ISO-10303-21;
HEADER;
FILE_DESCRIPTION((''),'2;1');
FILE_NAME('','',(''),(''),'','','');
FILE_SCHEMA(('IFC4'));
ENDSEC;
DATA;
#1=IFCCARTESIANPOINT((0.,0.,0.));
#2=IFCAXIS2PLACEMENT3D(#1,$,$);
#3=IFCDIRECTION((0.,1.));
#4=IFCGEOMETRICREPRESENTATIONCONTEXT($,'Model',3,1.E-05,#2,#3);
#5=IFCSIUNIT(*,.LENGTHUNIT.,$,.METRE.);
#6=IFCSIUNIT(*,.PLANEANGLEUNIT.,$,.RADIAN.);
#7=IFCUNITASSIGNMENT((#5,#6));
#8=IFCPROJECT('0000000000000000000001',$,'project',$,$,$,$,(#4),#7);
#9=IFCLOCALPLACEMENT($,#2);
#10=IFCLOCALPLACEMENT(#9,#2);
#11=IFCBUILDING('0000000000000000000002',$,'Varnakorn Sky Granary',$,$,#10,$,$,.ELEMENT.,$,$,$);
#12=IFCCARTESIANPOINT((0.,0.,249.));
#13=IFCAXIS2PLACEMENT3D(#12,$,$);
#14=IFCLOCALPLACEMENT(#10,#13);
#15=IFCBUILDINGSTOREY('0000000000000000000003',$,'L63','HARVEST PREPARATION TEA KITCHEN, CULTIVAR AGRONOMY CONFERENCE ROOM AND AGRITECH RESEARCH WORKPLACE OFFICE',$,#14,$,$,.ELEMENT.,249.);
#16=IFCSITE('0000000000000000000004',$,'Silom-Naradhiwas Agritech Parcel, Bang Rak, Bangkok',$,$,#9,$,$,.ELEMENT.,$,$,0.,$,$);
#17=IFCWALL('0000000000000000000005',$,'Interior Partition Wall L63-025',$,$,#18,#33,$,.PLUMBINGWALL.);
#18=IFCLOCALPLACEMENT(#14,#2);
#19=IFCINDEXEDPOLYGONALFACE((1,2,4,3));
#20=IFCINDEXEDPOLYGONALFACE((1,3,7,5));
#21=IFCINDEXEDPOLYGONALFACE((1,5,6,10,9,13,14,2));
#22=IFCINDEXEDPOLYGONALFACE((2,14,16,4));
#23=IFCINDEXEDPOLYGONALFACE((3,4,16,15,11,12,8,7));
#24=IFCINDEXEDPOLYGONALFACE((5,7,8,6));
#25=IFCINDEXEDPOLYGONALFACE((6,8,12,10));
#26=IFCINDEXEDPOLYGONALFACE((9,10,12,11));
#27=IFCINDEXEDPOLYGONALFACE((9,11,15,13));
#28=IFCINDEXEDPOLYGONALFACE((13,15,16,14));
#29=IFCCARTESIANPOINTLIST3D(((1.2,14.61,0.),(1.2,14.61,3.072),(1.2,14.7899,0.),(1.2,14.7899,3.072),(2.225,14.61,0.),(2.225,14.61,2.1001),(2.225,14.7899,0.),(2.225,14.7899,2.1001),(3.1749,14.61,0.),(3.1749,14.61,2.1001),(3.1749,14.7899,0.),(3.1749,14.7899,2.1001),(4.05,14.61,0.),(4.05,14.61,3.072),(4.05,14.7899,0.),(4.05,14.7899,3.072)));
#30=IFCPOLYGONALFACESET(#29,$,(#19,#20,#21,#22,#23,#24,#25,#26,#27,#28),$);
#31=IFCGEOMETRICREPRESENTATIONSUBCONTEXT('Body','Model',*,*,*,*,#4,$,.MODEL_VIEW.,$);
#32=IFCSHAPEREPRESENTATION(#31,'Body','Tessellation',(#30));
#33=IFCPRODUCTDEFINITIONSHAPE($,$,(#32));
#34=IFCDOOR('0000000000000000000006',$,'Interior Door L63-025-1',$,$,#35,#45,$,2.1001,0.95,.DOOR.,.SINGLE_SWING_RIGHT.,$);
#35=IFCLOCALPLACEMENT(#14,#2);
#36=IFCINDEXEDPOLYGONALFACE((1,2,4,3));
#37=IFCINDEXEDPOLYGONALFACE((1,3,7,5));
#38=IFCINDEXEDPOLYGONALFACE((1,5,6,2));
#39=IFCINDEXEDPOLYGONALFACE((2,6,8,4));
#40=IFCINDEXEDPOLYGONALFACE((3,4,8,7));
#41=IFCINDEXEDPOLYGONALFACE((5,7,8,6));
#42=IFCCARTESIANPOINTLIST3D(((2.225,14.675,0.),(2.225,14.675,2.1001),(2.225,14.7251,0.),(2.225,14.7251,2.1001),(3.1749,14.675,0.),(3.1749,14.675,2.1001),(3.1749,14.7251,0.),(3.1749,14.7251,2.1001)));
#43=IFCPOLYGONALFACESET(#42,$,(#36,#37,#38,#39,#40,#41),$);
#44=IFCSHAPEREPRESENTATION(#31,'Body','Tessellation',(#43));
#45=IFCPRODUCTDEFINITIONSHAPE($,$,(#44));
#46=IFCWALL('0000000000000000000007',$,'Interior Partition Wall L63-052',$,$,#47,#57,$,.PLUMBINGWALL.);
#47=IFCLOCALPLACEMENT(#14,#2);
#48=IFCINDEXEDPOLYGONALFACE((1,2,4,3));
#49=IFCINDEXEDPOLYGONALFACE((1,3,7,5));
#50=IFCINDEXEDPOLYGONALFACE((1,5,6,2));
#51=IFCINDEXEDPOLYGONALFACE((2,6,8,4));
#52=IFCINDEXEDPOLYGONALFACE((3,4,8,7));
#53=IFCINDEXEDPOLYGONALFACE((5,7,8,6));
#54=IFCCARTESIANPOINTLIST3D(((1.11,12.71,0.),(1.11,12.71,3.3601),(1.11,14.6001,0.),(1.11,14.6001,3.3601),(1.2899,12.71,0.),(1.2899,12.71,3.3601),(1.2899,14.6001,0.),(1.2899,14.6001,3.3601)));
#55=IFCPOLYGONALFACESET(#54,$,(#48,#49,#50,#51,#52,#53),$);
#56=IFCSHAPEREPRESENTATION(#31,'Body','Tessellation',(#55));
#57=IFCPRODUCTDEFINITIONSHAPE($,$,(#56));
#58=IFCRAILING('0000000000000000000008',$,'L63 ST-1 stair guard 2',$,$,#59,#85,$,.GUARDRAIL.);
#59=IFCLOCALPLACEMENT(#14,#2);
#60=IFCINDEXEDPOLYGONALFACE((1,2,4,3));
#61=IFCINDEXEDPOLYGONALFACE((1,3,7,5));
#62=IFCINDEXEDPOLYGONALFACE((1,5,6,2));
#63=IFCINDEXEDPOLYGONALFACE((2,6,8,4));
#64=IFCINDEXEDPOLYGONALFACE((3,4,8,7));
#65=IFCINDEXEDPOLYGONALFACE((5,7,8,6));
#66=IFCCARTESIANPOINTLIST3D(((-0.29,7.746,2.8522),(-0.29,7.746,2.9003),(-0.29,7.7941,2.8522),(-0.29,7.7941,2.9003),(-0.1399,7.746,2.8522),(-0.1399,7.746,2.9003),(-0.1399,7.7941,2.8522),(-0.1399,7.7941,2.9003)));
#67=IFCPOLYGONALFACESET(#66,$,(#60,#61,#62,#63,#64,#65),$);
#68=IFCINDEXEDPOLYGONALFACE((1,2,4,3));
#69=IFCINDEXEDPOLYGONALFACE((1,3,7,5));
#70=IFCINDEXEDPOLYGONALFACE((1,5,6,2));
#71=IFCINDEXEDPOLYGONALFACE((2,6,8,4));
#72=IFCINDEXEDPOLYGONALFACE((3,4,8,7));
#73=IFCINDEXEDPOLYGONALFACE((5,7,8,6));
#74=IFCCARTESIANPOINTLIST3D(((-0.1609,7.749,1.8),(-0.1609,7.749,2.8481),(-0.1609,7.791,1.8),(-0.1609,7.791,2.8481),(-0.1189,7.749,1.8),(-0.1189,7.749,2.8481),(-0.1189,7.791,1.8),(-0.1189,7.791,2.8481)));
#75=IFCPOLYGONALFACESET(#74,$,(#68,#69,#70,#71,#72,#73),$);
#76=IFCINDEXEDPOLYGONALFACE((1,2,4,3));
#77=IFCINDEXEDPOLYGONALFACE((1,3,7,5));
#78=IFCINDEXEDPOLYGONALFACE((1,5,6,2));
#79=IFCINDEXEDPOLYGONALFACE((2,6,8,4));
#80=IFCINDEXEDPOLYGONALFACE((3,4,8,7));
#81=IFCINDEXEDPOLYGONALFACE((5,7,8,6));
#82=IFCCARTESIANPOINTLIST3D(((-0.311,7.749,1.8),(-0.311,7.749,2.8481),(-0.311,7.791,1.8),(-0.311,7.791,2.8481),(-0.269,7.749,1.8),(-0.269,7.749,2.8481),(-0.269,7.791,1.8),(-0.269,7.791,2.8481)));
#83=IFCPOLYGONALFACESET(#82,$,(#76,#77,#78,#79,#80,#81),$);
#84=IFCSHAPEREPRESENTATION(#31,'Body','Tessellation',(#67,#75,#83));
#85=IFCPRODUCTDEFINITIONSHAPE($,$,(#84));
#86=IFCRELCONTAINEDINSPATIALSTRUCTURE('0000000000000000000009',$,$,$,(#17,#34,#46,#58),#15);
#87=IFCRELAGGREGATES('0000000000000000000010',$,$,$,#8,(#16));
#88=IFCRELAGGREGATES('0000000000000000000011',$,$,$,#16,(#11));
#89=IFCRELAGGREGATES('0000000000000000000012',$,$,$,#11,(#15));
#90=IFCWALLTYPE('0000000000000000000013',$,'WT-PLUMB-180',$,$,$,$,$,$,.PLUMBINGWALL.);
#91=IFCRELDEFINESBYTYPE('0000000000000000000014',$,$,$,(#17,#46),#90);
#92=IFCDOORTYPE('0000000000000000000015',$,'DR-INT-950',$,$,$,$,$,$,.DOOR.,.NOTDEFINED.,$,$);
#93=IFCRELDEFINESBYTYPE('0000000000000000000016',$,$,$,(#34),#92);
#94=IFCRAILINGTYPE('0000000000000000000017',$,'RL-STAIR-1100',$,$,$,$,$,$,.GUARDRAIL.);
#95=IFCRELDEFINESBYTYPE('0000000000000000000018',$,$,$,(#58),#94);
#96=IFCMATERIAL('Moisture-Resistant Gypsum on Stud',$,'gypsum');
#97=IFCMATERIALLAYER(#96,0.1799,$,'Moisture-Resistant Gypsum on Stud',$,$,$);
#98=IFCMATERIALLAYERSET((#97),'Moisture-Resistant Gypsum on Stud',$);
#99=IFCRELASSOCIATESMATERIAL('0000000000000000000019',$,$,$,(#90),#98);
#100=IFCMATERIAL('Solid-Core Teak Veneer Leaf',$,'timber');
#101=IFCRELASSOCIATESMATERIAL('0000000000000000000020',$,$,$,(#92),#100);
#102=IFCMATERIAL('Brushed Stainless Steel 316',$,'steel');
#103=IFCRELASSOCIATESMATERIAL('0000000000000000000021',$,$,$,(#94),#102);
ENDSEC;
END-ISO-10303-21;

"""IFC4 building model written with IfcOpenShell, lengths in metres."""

from ifc_helpers import new_model, si_unit, direction, frame, frame_2d, origin, origin_2d, place, context, subcontext, project, spatial, rectangle, extrude, material, layer, layer_set, type_object, element, fill, save


model = new_model("IFC4")

# Units and contexts
model_context = context("Model", 3, precision=1e-05, world=origin(), true_north=direction((0.0, 1.0)))
body_context = subcontext(model_context, "Body", "Model", "MODEL_VIEW")
ifc_project = project(units=[si_unit("LENGTHUNIT", "METRE"), si_unit("PLANEANGLEUNIT", "RADIAN")], contexts=[model_context])

# Site, building, storey
site_placement = place(None, origin())
site = spatial("IfcSite", under=ifc_project, at=site_placement, Name="Silom-Naradhiwas Agritech Parcel, Bang Rak, Bangkok", CompositionType="ELEMENT", RefElevation=0.0)
building_placement = place(site_placement, origin())
building = spatial("IfcBuilding", under=site, at=building_placement, Name="Varnakorn Sky Granary", CompositionType="ELEMENT")
storey_placement = place(building_placement, frame((0.0, 0.0, 249.0)))
storey = spatial("IfcBuildingStorey", under=building, at=storey_placement, Name="L63", Description="HARVEST PREPARATION TEA KITCHEN, CULTIVAR AGRONOMY CONFERENCE ROOM AND AGRITECH RESEARCH WORKPLACE OFFICE", CompositionType="ELEMENT", Elevation=249.0)

# Wall, opening, door
ifc_material_1 = material(Name="Moisture-Resistant Gypsum on Stud", Category="gypsum")
ifc_layer_1 = layer(ifc_material_1, 0.1799, Name="Moisture-Resistant Gypsum on Stud")
ifc_layer_set_1 = layer_set([ifc_layer_1], Name="Moisture-Resistant Gypsum on Stud")
wall_type_1 = type_object("IfcWallType", Name="WT-PLUMB-180", PredefinedType="PLUMBINGWALL", material=ifc_layer_set_1)
wall_1_placement = place(storey_placement, frame((4.05, 14.7, 0.0), z_axis=(0.0, 0.0, 1.0), x_axis=(-1.0, 0.0, 0.0)))
wall_1 = element("IfcWall", 1, at=wall_1_placement, inside=storey, type_object=wall_type_1, Name="Interior Partition Wall L63-025", PredefinedType="PLUMBINGWALL", context=body_context, shape_type="SweptSolid", body=[
    extrude(rectangle(XDim=2.8501, YDim=0.1799, at=frame_2d((1.425, 0.0))), origin(), (0.0, 0.0, 1.0), 3.072),
])
opening_1_placement = place(wall_1_placement, frame((0.875, 0.0, 0.0)))
opening_1 = element("IfcOpeningElement", 2, at=opening_1_placement, cuts=wall_1, PredefinedType="OPENING", context=body_context, shape_type="SweptSolid", body=[
    extrude(rectangle(XDim=0.95, YDim=2.1001, at=frame_2d((0.4751, 1.05))), frame((0.0, 0.1001, 0.0), z_axis=(0.0, -1.0, 0.0), x_axis=(1.0, 0.0, 0.0)), (0.0, 0.0, 1.0), 0.2),
])
ifc_material_2 = material(Name="Solid-Core Teak Veneer Leaf", Category="timber")
door_type_1 = type_object("IfcDoorType", Name="DR-INT-950", OperationType="NOTDEFINED", PredefinedType="DOOR", material=ifc_material_2)
door_1_placement = place(opening_1_placement, origin())
door_1 = element("IfcDoor", 3, at=door_1_placement, inside=storey, type_object=door_type_1, Name="Interior Door L63-025-1", OperationType="SINGLE_SWING_RIGHT", OverallHeight=2.1001, OverallWidth=0.95, PredefinedType="DOOR", context=body_context, shape_type="SweptSolid", body=[
    extrude(rectangle(XDim=0.95, YDim=2.1001, at=frame_2d((0.4751, 1.05))), frame((0.0, 0.0249, 0.0), z_axis=(0.0, -1.0, 0.0), x_axis=(1.0, 0.0, 0.0)), (0.0, 0.0, 1.0), 0.05),
])
fill(opening_1, door_1)

# Wall
wall_2_placement = place(storey_placement, frame((1.2, 14.6001, 0.0), z_axis=(0.0, 0.0, 1.0), x_axis=(0.0, -1.0, 0.0)))
element("IfcWall", 4, at=wall_2_placement, inside=storey, type_object=wall_type_1, Name="Interior Partition Wall L63-052", PredefinedType="PLUMBINGWALL", context=body_context, shape_type="SweptSolid", body=[
    extrude(rectangle(XDim=1.8901, YDim=0.1799, at=frame_2d((0.9451, 0.0))), origin(), (0.0, 0.0, 1.0), 3.3601),
])

# Railing
ifc_material_3 = material(Name="Brushed Stainless Steel 316", Category="steel")
railing_type = type_object("IfcRailingType", Name="RL-STAIR-1100", PredefinedType="GUARDRAIL", material=ifc_material_3)
railing_placement = place(storey_placement, frame((-0.1399, 7.77, 1.8)))
element("IfcRailing", 5, at=railing_placement, inside=storey, type_object=railing_type, Name="L63 ST-1 stair guard 2", PredefinedType="GUARDRAIL", context=body_context, shape_type="SweptSolid", body=[
    extrude(rectangle(XDim=0.0481, YDim=0.0481, at=origin_2d()), frame((0.0, 0.0, 1.0762), z_axis=(-1.0, 0.0, 0.0), x_axis=(0.0, -1.0, 0.0)), (0.0, 0.0, 1.0), 0.1501),
    extrude(rectangle(XDim=0.042, YDim=0.042, at=origin_2d()), origin(), (0.0, 0.0, 1.0), 1.0481),
    extrude(rectangle(XDim=0.042, YDim=0.042, at=origin_2d()), frame((-0.1501, 0.0, 0.0)), (0.0, 0.0, 1.0), 1.0481),
])

save(model, "model.ifc")
